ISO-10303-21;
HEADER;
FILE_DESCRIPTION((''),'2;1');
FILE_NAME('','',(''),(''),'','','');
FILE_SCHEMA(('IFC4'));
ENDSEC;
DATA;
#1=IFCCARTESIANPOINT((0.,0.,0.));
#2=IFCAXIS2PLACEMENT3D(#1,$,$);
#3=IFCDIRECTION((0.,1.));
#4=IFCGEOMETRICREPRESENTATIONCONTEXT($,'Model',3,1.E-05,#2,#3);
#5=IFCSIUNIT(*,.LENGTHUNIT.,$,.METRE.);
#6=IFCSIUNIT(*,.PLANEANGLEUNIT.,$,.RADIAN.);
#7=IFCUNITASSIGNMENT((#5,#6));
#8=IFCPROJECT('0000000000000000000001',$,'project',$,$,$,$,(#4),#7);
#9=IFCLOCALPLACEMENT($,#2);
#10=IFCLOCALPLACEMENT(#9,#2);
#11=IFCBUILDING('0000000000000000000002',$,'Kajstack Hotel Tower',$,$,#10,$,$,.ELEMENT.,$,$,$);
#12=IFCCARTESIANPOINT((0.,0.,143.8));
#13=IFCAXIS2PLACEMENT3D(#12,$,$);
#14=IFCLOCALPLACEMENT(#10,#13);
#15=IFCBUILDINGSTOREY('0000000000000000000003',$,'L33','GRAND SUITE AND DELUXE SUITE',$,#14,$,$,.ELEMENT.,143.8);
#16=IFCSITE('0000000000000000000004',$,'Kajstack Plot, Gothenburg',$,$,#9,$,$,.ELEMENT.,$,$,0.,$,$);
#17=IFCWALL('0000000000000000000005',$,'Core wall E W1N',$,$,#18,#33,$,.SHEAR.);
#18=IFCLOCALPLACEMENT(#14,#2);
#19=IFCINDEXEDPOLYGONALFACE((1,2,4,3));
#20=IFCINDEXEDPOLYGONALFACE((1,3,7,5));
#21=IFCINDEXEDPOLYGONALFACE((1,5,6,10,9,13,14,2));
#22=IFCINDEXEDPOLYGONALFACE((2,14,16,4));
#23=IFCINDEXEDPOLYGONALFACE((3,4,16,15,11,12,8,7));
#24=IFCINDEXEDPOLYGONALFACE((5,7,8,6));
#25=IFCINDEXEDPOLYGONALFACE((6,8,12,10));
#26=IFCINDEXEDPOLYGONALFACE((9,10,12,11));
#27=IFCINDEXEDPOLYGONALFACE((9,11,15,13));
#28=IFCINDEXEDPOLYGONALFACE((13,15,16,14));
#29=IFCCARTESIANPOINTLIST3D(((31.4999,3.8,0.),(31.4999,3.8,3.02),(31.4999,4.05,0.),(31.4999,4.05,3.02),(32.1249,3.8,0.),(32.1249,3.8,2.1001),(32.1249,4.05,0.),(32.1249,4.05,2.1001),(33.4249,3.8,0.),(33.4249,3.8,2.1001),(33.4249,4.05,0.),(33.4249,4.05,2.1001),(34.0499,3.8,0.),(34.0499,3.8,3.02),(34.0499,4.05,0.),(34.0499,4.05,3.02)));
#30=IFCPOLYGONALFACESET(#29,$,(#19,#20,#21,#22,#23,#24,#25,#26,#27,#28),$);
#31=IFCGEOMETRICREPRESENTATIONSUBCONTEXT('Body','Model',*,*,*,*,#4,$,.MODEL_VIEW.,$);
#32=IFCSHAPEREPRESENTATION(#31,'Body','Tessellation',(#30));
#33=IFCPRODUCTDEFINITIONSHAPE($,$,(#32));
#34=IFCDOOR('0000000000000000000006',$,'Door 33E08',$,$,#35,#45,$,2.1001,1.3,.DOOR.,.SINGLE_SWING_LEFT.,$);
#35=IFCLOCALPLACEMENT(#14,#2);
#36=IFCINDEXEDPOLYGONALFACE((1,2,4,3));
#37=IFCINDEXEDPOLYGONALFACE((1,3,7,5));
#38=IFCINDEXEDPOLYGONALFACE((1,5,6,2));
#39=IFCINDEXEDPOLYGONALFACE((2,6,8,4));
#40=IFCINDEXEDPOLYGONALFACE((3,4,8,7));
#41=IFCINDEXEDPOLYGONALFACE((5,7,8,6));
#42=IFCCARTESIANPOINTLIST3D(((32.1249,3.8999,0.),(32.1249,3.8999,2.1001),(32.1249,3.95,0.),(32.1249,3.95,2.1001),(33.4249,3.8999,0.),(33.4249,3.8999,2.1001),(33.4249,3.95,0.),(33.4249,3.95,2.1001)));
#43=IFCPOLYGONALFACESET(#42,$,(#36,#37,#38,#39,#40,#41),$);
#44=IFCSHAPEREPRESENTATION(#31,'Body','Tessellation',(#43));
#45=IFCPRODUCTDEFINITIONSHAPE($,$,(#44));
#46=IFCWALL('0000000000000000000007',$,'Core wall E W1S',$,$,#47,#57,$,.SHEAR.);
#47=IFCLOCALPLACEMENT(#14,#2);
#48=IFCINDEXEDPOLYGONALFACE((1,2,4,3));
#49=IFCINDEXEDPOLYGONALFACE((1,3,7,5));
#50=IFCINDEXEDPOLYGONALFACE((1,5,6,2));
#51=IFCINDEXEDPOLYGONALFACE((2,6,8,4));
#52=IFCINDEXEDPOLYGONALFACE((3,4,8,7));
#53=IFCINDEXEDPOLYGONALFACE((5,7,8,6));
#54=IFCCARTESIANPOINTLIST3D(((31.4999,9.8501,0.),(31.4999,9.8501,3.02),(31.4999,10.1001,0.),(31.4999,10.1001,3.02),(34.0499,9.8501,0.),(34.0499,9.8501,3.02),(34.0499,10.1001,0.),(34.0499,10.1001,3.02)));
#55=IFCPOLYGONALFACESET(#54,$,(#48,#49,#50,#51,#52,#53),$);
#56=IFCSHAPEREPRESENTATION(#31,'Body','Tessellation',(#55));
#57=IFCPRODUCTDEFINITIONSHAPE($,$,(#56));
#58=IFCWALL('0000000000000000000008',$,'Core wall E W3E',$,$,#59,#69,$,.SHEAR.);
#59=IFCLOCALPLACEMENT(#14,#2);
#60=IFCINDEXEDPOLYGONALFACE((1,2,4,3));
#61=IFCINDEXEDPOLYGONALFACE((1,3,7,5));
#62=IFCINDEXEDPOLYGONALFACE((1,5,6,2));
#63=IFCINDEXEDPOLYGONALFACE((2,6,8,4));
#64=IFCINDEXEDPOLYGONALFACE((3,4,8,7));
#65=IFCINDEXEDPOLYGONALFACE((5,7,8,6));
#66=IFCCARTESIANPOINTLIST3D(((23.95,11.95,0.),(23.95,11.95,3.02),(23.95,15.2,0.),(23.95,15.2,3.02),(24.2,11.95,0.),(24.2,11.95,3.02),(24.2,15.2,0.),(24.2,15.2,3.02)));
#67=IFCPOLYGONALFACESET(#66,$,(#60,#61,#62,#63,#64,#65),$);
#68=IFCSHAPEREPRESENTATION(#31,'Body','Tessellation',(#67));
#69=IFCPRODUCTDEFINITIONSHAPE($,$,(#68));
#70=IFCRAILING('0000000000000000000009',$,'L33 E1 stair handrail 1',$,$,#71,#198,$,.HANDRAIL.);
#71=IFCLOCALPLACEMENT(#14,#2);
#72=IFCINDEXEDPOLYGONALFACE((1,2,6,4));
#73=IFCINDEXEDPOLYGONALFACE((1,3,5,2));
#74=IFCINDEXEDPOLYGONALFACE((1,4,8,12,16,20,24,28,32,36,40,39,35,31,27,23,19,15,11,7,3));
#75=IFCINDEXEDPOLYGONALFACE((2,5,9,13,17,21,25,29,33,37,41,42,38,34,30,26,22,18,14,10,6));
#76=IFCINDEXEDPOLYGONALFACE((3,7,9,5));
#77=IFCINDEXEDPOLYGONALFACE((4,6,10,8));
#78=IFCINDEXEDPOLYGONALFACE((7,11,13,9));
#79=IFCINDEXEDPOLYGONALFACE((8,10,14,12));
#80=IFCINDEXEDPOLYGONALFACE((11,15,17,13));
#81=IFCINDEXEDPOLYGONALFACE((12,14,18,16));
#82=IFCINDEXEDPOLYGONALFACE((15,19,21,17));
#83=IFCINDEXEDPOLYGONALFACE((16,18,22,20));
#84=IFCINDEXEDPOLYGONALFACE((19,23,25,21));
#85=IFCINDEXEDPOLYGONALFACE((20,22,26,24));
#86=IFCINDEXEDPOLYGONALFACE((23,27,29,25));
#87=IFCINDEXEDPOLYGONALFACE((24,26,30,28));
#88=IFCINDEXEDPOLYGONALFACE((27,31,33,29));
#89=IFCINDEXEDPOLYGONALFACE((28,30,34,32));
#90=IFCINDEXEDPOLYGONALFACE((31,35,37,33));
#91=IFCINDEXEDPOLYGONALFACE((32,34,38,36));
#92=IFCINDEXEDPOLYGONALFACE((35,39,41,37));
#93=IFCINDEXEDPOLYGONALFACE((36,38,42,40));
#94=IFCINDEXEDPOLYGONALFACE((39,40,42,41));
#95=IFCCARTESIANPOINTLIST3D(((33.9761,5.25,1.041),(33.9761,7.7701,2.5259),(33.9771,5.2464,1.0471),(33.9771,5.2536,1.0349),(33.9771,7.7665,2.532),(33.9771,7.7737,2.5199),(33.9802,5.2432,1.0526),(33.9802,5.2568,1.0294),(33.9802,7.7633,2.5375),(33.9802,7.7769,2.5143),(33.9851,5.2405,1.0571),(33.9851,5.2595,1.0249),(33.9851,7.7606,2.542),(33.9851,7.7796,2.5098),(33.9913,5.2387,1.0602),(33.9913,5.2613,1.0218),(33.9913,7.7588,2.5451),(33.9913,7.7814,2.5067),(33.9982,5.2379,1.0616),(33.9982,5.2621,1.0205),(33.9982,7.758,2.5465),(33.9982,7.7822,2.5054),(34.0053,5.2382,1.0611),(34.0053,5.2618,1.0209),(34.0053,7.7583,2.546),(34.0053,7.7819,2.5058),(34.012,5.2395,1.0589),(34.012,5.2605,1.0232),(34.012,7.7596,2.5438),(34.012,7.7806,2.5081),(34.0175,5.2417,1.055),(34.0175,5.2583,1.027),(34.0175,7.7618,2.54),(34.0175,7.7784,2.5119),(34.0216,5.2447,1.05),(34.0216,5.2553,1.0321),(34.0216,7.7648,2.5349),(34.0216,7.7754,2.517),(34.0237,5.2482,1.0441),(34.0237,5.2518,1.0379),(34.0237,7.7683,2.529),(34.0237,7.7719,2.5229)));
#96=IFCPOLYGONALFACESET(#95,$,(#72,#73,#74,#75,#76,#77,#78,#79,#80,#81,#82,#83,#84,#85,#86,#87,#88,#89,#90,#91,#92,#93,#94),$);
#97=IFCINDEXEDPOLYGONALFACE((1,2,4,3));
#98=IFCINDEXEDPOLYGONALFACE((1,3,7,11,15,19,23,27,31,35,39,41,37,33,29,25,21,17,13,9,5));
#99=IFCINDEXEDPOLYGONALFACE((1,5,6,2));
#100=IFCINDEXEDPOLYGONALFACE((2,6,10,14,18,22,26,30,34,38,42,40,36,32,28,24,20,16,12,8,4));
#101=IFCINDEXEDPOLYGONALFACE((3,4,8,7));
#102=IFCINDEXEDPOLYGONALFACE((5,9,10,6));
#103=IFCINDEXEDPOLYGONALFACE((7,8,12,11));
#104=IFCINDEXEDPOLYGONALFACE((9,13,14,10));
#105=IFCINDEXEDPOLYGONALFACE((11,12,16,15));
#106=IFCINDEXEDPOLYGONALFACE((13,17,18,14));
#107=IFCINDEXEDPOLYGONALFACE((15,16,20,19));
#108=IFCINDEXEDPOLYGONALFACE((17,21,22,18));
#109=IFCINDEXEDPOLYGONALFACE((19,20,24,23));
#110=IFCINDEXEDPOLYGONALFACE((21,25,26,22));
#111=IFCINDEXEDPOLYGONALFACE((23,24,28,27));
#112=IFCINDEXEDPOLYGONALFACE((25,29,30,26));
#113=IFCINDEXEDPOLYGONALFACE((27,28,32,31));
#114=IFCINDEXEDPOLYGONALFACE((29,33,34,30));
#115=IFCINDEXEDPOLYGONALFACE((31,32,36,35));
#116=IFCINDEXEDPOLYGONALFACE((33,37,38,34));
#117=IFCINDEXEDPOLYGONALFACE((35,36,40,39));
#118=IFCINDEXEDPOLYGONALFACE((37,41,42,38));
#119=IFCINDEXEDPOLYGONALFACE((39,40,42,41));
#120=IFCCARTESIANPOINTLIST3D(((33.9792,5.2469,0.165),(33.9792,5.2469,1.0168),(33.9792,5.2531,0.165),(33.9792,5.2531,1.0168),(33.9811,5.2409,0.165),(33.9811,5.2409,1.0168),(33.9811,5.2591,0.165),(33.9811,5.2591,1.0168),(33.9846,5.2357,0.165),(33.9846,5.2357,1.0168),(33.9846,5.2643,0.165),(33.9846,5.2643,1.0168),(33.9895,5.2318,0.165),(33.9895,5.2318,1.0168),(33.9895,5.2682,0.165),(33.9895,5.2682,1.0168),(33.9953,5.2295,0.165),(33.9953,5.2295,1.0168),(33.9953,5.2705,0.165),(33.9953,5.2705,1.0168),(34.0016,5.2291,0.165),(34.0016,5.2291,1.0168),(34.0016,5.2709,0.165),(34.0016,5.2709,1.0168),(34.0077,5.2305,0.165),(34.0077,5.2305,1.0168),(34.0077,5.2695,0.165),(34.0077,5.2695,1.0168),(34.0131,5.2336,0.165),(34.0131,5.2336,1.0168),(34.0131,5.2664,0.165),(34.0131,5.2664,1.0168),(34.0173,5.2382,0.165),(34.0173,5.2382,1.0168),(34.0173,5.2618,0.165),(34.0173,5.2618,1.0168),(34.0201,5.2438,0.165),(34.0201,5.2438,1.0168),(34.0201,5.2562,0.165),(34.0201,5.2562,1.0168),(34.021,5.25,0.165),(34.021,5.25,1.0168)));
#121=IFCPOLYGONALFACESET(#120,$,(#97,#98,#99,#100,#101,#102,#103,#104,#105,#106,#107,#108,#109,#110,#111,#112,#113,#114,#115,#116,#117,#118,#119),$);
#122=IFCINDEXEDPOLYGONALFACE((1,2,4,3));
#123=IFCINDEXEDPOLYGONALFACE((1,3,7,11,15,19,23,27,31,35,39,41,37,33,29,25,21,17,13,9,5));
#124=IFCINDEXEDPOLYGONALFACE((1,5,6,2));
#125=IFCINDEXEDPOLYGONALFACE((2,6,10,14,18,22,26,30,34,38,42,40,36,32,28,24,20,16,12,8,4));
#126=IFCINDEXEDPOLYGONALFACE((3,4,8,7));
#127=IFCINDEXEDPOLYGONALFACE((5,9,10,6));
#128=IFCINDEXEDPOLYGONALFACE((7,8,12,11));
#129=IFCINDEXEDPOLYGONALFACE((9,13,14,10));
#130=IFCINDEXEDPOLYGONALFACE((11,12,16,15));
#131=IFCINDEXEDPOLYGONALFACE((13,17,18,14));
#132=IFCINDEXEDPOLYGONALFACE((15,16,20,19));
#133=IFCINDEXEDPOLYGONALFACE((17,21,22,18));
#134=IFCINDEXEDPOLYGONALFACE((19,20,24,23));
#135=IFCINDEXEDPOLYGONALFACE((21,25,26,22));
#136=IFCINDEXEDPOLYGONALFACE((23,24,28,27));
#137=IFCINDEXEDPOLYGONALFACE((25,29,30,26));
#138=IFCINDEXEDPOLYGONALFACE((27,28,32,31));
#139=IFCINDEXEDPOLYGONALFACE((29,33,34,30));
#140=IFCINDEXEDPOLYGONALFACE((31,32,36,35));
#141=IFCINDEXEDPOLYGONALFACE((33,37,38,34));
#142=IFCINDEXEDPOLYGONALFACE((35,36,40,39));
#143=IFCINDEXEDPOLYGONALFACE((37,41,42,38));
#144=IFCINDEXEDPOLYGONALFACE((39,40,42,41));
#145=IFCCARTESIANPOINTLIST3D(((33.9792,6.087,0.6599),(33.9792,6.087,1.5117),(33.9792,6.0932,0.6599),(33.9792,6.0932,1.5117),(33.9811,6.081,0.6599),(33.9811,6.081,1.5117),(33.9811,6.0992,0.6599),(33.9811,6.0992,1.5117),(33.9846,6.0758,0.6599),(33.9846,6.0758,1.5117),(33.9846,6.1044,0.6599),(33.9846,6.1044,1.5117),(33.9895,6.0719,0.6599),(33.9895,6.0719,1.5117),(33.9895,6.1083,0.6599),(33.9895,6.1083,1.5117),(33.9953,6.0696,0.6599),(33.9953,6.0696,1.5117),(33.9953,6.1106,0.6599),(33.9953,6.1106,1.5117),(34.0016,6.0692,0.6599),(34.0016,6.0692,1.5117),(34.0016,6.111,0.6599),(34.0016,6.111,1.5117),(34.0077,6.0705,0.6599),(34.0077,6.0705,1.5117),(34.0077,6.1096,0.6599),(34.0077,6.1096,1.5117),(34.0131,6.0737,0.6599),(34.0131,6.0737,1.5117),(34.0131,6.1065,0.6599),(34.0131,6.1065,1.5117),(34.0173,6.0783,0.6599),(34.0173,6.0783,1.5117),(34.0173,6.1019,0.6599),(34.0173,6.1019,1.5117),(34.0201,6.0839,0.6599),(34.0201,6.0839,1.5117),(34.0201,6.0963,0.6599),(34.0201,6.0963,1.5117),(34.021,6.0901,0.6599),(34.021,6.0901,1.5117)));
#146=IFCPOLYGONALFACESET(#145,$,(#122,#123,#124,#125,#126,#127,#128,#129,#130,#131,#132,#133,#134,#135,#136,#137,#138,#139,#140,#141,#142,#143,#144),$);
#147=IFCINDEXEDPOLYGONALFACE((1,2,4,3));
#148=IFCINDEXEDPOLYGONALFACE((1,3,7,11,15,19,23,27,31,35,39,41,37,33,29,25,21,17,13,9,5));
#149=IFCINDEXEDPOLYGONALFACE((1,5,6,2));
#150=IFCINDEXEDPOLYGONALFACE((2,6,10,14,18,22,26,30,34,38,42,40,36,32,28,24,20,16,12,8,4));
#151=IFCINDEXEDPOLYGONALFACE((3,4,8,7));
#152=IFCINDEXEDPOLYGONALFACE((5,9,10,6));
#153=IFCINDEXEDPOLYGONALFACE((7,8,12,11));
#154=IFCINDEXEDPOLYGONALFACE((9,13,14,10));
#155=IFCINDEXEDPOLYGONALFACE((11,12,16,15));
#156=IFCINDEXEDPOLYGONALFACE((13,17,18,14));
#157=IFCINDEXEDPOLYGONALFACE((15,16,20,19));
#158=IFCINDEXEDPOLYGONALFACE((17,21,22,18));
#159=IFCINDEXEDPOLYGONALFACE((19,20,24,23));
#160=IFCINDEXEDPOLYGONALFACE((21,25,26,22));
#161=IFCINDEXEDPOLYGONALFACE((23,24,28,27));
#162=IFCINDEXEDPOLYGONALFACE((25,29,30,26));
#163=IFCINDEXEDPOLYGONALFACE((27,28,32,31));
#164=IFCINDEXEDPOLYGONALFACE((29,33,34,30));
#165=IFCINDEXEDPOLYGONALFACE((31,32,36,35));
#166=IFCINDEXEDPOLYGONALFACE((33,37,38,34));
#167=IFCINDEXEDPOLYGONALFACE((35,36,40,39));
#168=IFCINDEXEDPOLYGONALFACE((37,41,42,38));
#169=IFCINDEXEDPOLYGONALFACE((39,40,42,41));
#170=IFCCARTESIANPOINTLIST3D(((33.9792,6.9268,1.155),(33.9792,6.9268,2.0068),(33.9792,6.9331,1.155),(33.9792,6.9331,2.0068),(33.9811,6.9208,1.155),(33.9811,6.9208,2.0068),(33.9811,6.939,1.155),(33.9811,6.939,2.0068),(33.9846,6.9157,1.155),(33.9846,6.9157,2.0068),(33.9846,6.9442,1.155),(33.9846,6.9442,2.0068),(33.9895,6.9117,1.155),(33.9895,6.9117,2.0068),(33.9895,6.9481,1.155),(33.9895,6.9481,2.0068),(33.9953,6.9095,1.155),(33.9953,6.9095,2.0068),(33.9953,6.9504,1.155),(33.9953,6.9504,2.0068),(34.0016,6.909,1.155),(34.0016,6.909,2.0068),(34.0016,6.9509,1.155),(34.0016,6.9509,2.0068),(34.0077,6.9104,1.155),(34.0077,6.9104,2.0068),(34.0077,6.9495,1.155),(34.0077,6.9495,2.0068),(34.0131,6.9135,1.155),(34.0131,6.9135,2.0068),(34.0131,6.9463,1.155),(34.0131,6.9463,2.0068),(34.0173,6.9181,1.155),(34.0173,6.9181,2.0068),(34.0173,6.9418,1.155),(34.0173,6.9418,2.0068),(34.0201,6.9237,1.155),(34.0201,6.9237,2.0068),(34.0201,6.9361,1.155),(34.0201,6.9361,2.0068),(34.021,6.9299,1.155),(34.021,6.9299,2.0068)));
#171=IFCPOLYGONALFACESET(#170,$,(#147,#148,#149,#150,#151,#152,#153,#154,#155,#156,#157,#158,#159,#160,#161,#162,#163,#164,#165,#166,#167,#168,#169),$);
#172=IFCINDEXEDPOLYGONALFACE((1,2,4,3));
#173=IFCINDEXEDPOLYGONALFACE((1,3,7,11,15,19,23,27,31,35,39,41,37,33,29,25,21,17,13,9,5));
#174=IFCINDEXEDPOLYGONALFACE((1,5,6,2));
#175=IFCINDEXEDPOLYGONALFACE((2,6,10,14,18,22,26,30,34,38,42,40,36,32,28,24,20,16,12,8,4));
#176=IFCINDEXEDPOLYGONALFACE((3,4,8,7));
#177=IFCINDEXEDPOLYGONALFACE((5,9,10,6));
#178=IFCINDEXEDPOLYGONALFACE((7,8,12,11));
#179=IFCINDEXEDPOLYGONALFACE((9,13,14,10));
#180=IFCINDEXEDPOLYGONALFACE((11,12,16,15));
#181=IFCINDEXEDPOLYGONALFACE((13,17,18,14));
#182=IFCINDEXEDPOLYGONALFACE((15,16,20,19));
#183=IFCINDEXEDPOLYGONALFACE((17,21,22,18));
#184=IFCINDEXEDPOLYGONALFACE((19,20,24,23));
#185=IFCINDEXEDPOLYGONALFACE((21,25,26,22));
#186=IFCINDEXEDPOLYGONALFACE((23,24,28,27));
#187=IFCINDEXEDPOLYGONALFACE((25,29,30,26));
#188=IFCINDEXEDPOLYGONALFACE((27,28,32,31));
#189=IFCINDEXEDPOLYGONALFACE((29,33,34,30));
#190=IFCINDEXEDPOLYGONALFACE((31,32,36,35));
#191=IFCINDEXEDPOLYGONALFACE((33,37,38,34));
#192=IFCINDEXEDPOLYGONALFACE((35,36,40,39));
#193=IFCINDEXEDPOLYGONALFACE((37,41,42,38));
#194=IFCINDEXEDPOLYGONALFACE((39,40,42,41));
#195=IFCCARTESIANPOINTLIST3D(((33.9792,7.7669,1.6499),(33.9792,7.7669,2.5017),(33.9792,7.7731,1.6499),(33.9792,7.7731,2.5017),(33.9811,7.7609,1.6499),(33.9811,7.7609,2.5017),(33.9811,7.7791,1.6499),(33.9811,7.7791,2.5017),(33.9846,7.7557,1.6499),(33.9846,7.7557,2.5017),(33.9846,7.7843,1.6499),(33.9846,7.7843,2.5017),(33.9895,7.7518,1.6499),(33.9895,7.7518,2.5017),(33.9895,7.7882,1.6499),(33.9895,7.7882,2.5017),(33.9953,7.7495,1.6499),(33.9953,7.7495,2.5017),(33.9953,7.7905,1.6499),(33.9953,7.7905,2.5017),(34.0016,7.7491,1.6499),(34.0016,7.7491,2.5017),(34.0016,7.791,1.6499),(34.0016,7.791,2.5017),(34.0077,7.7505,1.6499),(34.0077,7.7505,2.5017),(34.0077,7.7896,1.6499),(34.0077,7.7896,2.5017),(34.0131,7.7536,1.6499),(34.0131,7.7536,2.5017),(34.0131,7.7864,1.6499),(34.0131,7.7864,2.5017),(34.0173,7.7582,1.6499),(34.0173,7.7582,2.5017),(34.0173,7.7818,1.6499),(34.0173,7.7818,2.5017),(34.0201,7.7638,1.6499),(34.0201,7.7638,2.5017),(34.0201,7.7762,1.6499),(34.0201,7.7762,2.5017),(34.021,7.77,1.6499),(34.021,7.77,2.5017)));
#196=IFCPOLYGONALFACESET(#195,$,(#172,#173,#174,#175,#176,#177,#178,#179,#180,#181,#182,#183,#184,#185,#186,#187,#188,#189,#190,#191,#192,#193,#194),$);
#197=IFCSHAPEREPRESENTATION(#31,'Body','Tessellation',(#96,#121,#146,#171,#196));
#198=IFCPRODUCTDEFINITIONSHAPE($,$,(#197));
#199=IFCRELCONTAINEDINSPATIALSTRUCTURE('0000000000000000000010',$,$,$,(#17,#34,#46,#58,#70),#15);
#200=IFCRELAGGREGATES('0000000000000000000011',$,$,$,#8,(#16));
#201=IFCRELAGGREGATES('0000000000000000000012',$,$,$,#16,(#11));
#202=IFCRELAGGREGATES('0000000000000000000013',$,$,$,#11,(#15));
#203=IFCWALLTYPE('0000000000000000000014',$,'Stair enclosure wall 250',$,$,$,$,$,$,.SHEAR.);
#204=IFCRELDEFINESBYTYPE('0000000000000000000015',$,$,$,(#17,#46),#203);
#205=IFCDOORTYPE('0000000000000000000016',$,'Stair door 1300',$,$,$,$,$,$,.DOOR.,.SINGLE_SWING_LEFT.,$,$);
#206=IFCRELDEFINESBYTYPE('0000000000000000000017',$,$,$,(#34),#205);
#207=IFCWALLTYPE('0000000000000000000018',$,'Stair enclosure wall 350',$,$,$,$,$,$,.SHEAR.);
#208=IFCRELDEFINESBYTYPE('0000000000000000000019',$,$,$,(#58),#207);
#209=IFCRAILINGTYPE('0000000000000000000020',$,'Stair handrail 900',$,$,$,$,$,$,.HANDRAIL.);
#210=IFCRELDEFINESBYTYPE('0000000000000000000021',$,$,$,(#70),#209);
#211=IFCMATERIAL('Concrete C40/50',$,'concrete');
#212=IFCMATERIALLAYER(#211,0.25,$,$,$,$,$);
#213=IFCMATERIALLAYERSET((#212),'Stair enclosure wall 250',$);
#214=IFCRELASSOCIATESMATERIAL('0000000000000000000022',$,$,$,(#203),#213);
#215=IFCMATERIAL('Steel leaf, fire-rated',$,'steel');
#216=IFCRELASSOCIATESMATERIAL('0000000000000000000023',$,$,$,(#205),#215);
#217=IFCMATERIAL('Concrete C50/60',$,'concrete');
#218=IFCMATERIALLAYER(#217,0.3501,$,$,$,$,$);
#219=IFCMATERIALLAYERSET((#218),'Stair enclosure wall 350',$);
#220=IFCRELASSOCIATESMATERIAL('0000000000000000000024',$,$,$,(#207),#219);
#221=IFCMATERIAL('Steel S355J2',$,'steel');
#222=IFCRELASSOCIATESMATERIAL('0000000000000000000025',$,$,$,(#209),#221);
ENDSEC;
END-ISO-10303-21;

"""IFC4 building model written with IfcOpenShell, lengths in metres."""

from ifc_helpers import new_model, si_unit, direction, frame, frame_2d, origin, origin_2d, place, context, subcontext, project, spatial, rectangle, circle, extrude, material, layer, layer_set, type_object, element, fill, save


model = new_model("IFC4")

# Units and contexts
model_context = context("Model", 3, precision=1e-05, world=origin(), true_north=direction((0.0, 1.0)))
body_context = subcontext(model_context, "Body", "Model", "MODEL_VIEW")
ifc_project = project(units=[si_unit("LENGTHUNIT", "METRE"), si_unit("PLANEANGLEUNIT", "RADIAN")], contexts=[model_context])

# Site, building, storey
site_placement = place(None, origin())
site = spatial("IfcSite", under=ifc_project, at=site_placement, Name="Kajstack Plot, Gothenburg", CompositionType="ELEMENT", RefElevation=0.0)
building_placement = place(site_placement, origin())
building = spatial("IfcBuilding", under=site, at=building_placement, Name="Kajstack Hotel Tower", CompositionType="ELEMENT")
storey_placement = place(building_placement, frame((0.0, 0.0, 143.8)))
storey = spatial("IfcBuildingStorey", under=building, at=storey_placement, Name="L33", Description="GRAND SUITE AND DELUXE SUITE", CompositionType="ELEMENT", Elevation=143.8)

# Shared definitions
ifc_material_1 = material(Name="Concrete C40/50", Category="concrete")
ifc_material_2 = material(Name="Concrete C50/60", Category="concrete")

# Wall, opening, door
ifc_layer_1 = layer(ifc_material_1, 0.25)
ifc_layer_set_1 = layer_set([ifc_layer_1], Name="Stair enclosure wall 250")
wall_type_1 = type_object("IfcWallType", Name="Stair enclosure wall 250", PredefinedType="SHEAR", material=ifc_layer_set_1)
wall_1_placement = place(storey_placement, frame((31.5, 3.925, 0.0), z_axis=(0.0, 0.0, 1.0), x_axis=(1.0, 0.0, 0.0)))
wall_1 = element("IfcWall", 1, at=wall_1_placement, inside=storey, type_object=wall_type_1, Name="Core wall E W1N", PredefinedType="SHEAR", context=body_context, shape_type="SweptSolid", body=[
    extrude(rectangle(XDim=2.55, YDim=0.25, at=frame_2d((1.2749, 0.0))), origin(), (0.0, 0.0, 1.0), 3.02),
])
opening_1_placement = place(wall_1_placement, frame((0.625, 0.0, 0.0)))
opening_1 = element("IfcOpeningElement", 2, at=opening_1_placement, cuts=wall_1, PredefinedType="OPENING", context=body_context, shape_type="SweptSolid", body=[
    extrude(rectangle(XDim=1.3, YDim=2.1001, at=frame_2d((0.6499, 1.05))), frame((0.0, 0.135, 0.0), z_axis=(0.0, -1.0, 0.0), x_axis=(1.0, 0.0, 0.0)), (0.0, 0.0, 1.0), 0.27),
])
ifc_material_3 = material(Name="Steel leaf, fire-rated", Category="steel")
door_type_1 = type_object("IfcDoorType", Name="Stair door 1300", OperationType="SINGLE_SWING_LEFT", PredefinedType="DOOR", material=ifc_material_3)
door_1_placement = place(opening_1_placement, origin())
door_1 = element("IfcDoor", 3, at=door_1_placement, inside=storey, type_object=door_type_1, Name="Door 33E08", OperationType="SINGLE_SWING_LEFT", OverallHeight=2.1001, OverallWidth=1.3, PredefinedType="DOOR", context=body_context, shape_type="SweptSolid", body=[
    extrude(rectangle(XDim=1.3, YDim=2.1001, at=frame_2d((0.6499, 1.05))), frame((0.0, 0.0249, 0.0), z_axis=(0.0, -1.0, 0.0), x_axis=(1.0, 0.0, 0.0)), (0.0, 0.0, 1.0), 0.05),
])
fill(opening_1, door_1)

# Walls
wall_2_placement = place(storey_placement, frame((31.5, 9.9751, 0.0), z_axis=(0.0, 0.0, 1.0), x_axis=(1.0, 0.0, 0.0)))
element("IfcWall", 4, at=wall_2_placement, inside=storey, type_object=wall_type_1, Name="Core wall E W1S", PredefinedType="SHEAR", context=body_context, shape_type="SweptSolid", body=[
    extrude(rectangle(XDim=2.55, YDim=0.25, at=frame_2d((1.2749, 0.0))), origin(), (0.0, 0.0, 1.0), 3.02),
])
ifc_layer_2 = layer(ifc_material_2, 0.3501)
ifc_layer_set_2 = layer_set([ifc_layer_2], Name="Stair enclosure wall 350")
wall_type_2 = type_object("IfcWallType", Name="Stair enclosure wall 350", PredefinedType="SHEAR", material=ifc_layer_set_2)
wall_3_placement = place(storey_placement, frame((24.075, 11.95, 0.0), z_axis=(0.0, 0.0, 1.0), x_axis=(0.0, 1.0, 0.0)))
element("IfcWall", 5, at=wall_3_placement, inside=storey, type_object=wall_type_2, Name="Core wall E W3E", PredefinedType="SHEAR", context=body_context, shape_type="SweptSolid", body=[
    extrude(rectangle(XDim=3.25, YDim=0.25, at=frame_2d((1.625, 0.0))), origin(), (0.0, 0.0, 1.0), 3.02),
])

# Railing
ifc_material_4 = material(Name="Steel S355J2", Category="steel")
railing_type_1 = type_object("IfcRailingType", Name="Stair handrail 900", PredefinedType="HANDRAIL", material=ifc_material_4)
railing_1_placement = place(storey_placement, frame((34.0, 5.25, 0.165)))
element("IfcRailing", 6, at=railing_1_placement, inside=storey, type_object=railing_type_1, Name="L33 E1 stair handrail 1", PredefinedType="HANDRAIL", context=body_context, shape_type="SweptSolid", body=[
    extrude(circle(Radius=0.0239, at=origin_2d()), frame((0.0, 0.0, 0.876), z_axis=(0.0, 0.861561, 0.507655), x_axis=(-1.0, 0.0, 0.0)), (0.0, 0.0, 1.0), 2.925),
    extrude(circle(Radius=0.021, at=origin_2d()), origin(), (0.0, 0.0, 1.0), 0.8518),
    extrude(circle(Radius=0.021, at=origin_2d()), frame((0.0, 0.8401, 0.4949)), (0.0, 0.0, 1.0), 0.8518),
    extrude(circle(Radius=0.021, at=origin_2d()), frame((0.0, 1.6799, 0.99)), (0.0, 0.0, 1.0), 0.8518),
    extrude(circle(Radius=0.021, at=origin_2d()), frame((0.0, 2.52, 1.4849)), (0.0, 0.0, 1.0), 0.8518),
])

save(model, "model.ifc")
